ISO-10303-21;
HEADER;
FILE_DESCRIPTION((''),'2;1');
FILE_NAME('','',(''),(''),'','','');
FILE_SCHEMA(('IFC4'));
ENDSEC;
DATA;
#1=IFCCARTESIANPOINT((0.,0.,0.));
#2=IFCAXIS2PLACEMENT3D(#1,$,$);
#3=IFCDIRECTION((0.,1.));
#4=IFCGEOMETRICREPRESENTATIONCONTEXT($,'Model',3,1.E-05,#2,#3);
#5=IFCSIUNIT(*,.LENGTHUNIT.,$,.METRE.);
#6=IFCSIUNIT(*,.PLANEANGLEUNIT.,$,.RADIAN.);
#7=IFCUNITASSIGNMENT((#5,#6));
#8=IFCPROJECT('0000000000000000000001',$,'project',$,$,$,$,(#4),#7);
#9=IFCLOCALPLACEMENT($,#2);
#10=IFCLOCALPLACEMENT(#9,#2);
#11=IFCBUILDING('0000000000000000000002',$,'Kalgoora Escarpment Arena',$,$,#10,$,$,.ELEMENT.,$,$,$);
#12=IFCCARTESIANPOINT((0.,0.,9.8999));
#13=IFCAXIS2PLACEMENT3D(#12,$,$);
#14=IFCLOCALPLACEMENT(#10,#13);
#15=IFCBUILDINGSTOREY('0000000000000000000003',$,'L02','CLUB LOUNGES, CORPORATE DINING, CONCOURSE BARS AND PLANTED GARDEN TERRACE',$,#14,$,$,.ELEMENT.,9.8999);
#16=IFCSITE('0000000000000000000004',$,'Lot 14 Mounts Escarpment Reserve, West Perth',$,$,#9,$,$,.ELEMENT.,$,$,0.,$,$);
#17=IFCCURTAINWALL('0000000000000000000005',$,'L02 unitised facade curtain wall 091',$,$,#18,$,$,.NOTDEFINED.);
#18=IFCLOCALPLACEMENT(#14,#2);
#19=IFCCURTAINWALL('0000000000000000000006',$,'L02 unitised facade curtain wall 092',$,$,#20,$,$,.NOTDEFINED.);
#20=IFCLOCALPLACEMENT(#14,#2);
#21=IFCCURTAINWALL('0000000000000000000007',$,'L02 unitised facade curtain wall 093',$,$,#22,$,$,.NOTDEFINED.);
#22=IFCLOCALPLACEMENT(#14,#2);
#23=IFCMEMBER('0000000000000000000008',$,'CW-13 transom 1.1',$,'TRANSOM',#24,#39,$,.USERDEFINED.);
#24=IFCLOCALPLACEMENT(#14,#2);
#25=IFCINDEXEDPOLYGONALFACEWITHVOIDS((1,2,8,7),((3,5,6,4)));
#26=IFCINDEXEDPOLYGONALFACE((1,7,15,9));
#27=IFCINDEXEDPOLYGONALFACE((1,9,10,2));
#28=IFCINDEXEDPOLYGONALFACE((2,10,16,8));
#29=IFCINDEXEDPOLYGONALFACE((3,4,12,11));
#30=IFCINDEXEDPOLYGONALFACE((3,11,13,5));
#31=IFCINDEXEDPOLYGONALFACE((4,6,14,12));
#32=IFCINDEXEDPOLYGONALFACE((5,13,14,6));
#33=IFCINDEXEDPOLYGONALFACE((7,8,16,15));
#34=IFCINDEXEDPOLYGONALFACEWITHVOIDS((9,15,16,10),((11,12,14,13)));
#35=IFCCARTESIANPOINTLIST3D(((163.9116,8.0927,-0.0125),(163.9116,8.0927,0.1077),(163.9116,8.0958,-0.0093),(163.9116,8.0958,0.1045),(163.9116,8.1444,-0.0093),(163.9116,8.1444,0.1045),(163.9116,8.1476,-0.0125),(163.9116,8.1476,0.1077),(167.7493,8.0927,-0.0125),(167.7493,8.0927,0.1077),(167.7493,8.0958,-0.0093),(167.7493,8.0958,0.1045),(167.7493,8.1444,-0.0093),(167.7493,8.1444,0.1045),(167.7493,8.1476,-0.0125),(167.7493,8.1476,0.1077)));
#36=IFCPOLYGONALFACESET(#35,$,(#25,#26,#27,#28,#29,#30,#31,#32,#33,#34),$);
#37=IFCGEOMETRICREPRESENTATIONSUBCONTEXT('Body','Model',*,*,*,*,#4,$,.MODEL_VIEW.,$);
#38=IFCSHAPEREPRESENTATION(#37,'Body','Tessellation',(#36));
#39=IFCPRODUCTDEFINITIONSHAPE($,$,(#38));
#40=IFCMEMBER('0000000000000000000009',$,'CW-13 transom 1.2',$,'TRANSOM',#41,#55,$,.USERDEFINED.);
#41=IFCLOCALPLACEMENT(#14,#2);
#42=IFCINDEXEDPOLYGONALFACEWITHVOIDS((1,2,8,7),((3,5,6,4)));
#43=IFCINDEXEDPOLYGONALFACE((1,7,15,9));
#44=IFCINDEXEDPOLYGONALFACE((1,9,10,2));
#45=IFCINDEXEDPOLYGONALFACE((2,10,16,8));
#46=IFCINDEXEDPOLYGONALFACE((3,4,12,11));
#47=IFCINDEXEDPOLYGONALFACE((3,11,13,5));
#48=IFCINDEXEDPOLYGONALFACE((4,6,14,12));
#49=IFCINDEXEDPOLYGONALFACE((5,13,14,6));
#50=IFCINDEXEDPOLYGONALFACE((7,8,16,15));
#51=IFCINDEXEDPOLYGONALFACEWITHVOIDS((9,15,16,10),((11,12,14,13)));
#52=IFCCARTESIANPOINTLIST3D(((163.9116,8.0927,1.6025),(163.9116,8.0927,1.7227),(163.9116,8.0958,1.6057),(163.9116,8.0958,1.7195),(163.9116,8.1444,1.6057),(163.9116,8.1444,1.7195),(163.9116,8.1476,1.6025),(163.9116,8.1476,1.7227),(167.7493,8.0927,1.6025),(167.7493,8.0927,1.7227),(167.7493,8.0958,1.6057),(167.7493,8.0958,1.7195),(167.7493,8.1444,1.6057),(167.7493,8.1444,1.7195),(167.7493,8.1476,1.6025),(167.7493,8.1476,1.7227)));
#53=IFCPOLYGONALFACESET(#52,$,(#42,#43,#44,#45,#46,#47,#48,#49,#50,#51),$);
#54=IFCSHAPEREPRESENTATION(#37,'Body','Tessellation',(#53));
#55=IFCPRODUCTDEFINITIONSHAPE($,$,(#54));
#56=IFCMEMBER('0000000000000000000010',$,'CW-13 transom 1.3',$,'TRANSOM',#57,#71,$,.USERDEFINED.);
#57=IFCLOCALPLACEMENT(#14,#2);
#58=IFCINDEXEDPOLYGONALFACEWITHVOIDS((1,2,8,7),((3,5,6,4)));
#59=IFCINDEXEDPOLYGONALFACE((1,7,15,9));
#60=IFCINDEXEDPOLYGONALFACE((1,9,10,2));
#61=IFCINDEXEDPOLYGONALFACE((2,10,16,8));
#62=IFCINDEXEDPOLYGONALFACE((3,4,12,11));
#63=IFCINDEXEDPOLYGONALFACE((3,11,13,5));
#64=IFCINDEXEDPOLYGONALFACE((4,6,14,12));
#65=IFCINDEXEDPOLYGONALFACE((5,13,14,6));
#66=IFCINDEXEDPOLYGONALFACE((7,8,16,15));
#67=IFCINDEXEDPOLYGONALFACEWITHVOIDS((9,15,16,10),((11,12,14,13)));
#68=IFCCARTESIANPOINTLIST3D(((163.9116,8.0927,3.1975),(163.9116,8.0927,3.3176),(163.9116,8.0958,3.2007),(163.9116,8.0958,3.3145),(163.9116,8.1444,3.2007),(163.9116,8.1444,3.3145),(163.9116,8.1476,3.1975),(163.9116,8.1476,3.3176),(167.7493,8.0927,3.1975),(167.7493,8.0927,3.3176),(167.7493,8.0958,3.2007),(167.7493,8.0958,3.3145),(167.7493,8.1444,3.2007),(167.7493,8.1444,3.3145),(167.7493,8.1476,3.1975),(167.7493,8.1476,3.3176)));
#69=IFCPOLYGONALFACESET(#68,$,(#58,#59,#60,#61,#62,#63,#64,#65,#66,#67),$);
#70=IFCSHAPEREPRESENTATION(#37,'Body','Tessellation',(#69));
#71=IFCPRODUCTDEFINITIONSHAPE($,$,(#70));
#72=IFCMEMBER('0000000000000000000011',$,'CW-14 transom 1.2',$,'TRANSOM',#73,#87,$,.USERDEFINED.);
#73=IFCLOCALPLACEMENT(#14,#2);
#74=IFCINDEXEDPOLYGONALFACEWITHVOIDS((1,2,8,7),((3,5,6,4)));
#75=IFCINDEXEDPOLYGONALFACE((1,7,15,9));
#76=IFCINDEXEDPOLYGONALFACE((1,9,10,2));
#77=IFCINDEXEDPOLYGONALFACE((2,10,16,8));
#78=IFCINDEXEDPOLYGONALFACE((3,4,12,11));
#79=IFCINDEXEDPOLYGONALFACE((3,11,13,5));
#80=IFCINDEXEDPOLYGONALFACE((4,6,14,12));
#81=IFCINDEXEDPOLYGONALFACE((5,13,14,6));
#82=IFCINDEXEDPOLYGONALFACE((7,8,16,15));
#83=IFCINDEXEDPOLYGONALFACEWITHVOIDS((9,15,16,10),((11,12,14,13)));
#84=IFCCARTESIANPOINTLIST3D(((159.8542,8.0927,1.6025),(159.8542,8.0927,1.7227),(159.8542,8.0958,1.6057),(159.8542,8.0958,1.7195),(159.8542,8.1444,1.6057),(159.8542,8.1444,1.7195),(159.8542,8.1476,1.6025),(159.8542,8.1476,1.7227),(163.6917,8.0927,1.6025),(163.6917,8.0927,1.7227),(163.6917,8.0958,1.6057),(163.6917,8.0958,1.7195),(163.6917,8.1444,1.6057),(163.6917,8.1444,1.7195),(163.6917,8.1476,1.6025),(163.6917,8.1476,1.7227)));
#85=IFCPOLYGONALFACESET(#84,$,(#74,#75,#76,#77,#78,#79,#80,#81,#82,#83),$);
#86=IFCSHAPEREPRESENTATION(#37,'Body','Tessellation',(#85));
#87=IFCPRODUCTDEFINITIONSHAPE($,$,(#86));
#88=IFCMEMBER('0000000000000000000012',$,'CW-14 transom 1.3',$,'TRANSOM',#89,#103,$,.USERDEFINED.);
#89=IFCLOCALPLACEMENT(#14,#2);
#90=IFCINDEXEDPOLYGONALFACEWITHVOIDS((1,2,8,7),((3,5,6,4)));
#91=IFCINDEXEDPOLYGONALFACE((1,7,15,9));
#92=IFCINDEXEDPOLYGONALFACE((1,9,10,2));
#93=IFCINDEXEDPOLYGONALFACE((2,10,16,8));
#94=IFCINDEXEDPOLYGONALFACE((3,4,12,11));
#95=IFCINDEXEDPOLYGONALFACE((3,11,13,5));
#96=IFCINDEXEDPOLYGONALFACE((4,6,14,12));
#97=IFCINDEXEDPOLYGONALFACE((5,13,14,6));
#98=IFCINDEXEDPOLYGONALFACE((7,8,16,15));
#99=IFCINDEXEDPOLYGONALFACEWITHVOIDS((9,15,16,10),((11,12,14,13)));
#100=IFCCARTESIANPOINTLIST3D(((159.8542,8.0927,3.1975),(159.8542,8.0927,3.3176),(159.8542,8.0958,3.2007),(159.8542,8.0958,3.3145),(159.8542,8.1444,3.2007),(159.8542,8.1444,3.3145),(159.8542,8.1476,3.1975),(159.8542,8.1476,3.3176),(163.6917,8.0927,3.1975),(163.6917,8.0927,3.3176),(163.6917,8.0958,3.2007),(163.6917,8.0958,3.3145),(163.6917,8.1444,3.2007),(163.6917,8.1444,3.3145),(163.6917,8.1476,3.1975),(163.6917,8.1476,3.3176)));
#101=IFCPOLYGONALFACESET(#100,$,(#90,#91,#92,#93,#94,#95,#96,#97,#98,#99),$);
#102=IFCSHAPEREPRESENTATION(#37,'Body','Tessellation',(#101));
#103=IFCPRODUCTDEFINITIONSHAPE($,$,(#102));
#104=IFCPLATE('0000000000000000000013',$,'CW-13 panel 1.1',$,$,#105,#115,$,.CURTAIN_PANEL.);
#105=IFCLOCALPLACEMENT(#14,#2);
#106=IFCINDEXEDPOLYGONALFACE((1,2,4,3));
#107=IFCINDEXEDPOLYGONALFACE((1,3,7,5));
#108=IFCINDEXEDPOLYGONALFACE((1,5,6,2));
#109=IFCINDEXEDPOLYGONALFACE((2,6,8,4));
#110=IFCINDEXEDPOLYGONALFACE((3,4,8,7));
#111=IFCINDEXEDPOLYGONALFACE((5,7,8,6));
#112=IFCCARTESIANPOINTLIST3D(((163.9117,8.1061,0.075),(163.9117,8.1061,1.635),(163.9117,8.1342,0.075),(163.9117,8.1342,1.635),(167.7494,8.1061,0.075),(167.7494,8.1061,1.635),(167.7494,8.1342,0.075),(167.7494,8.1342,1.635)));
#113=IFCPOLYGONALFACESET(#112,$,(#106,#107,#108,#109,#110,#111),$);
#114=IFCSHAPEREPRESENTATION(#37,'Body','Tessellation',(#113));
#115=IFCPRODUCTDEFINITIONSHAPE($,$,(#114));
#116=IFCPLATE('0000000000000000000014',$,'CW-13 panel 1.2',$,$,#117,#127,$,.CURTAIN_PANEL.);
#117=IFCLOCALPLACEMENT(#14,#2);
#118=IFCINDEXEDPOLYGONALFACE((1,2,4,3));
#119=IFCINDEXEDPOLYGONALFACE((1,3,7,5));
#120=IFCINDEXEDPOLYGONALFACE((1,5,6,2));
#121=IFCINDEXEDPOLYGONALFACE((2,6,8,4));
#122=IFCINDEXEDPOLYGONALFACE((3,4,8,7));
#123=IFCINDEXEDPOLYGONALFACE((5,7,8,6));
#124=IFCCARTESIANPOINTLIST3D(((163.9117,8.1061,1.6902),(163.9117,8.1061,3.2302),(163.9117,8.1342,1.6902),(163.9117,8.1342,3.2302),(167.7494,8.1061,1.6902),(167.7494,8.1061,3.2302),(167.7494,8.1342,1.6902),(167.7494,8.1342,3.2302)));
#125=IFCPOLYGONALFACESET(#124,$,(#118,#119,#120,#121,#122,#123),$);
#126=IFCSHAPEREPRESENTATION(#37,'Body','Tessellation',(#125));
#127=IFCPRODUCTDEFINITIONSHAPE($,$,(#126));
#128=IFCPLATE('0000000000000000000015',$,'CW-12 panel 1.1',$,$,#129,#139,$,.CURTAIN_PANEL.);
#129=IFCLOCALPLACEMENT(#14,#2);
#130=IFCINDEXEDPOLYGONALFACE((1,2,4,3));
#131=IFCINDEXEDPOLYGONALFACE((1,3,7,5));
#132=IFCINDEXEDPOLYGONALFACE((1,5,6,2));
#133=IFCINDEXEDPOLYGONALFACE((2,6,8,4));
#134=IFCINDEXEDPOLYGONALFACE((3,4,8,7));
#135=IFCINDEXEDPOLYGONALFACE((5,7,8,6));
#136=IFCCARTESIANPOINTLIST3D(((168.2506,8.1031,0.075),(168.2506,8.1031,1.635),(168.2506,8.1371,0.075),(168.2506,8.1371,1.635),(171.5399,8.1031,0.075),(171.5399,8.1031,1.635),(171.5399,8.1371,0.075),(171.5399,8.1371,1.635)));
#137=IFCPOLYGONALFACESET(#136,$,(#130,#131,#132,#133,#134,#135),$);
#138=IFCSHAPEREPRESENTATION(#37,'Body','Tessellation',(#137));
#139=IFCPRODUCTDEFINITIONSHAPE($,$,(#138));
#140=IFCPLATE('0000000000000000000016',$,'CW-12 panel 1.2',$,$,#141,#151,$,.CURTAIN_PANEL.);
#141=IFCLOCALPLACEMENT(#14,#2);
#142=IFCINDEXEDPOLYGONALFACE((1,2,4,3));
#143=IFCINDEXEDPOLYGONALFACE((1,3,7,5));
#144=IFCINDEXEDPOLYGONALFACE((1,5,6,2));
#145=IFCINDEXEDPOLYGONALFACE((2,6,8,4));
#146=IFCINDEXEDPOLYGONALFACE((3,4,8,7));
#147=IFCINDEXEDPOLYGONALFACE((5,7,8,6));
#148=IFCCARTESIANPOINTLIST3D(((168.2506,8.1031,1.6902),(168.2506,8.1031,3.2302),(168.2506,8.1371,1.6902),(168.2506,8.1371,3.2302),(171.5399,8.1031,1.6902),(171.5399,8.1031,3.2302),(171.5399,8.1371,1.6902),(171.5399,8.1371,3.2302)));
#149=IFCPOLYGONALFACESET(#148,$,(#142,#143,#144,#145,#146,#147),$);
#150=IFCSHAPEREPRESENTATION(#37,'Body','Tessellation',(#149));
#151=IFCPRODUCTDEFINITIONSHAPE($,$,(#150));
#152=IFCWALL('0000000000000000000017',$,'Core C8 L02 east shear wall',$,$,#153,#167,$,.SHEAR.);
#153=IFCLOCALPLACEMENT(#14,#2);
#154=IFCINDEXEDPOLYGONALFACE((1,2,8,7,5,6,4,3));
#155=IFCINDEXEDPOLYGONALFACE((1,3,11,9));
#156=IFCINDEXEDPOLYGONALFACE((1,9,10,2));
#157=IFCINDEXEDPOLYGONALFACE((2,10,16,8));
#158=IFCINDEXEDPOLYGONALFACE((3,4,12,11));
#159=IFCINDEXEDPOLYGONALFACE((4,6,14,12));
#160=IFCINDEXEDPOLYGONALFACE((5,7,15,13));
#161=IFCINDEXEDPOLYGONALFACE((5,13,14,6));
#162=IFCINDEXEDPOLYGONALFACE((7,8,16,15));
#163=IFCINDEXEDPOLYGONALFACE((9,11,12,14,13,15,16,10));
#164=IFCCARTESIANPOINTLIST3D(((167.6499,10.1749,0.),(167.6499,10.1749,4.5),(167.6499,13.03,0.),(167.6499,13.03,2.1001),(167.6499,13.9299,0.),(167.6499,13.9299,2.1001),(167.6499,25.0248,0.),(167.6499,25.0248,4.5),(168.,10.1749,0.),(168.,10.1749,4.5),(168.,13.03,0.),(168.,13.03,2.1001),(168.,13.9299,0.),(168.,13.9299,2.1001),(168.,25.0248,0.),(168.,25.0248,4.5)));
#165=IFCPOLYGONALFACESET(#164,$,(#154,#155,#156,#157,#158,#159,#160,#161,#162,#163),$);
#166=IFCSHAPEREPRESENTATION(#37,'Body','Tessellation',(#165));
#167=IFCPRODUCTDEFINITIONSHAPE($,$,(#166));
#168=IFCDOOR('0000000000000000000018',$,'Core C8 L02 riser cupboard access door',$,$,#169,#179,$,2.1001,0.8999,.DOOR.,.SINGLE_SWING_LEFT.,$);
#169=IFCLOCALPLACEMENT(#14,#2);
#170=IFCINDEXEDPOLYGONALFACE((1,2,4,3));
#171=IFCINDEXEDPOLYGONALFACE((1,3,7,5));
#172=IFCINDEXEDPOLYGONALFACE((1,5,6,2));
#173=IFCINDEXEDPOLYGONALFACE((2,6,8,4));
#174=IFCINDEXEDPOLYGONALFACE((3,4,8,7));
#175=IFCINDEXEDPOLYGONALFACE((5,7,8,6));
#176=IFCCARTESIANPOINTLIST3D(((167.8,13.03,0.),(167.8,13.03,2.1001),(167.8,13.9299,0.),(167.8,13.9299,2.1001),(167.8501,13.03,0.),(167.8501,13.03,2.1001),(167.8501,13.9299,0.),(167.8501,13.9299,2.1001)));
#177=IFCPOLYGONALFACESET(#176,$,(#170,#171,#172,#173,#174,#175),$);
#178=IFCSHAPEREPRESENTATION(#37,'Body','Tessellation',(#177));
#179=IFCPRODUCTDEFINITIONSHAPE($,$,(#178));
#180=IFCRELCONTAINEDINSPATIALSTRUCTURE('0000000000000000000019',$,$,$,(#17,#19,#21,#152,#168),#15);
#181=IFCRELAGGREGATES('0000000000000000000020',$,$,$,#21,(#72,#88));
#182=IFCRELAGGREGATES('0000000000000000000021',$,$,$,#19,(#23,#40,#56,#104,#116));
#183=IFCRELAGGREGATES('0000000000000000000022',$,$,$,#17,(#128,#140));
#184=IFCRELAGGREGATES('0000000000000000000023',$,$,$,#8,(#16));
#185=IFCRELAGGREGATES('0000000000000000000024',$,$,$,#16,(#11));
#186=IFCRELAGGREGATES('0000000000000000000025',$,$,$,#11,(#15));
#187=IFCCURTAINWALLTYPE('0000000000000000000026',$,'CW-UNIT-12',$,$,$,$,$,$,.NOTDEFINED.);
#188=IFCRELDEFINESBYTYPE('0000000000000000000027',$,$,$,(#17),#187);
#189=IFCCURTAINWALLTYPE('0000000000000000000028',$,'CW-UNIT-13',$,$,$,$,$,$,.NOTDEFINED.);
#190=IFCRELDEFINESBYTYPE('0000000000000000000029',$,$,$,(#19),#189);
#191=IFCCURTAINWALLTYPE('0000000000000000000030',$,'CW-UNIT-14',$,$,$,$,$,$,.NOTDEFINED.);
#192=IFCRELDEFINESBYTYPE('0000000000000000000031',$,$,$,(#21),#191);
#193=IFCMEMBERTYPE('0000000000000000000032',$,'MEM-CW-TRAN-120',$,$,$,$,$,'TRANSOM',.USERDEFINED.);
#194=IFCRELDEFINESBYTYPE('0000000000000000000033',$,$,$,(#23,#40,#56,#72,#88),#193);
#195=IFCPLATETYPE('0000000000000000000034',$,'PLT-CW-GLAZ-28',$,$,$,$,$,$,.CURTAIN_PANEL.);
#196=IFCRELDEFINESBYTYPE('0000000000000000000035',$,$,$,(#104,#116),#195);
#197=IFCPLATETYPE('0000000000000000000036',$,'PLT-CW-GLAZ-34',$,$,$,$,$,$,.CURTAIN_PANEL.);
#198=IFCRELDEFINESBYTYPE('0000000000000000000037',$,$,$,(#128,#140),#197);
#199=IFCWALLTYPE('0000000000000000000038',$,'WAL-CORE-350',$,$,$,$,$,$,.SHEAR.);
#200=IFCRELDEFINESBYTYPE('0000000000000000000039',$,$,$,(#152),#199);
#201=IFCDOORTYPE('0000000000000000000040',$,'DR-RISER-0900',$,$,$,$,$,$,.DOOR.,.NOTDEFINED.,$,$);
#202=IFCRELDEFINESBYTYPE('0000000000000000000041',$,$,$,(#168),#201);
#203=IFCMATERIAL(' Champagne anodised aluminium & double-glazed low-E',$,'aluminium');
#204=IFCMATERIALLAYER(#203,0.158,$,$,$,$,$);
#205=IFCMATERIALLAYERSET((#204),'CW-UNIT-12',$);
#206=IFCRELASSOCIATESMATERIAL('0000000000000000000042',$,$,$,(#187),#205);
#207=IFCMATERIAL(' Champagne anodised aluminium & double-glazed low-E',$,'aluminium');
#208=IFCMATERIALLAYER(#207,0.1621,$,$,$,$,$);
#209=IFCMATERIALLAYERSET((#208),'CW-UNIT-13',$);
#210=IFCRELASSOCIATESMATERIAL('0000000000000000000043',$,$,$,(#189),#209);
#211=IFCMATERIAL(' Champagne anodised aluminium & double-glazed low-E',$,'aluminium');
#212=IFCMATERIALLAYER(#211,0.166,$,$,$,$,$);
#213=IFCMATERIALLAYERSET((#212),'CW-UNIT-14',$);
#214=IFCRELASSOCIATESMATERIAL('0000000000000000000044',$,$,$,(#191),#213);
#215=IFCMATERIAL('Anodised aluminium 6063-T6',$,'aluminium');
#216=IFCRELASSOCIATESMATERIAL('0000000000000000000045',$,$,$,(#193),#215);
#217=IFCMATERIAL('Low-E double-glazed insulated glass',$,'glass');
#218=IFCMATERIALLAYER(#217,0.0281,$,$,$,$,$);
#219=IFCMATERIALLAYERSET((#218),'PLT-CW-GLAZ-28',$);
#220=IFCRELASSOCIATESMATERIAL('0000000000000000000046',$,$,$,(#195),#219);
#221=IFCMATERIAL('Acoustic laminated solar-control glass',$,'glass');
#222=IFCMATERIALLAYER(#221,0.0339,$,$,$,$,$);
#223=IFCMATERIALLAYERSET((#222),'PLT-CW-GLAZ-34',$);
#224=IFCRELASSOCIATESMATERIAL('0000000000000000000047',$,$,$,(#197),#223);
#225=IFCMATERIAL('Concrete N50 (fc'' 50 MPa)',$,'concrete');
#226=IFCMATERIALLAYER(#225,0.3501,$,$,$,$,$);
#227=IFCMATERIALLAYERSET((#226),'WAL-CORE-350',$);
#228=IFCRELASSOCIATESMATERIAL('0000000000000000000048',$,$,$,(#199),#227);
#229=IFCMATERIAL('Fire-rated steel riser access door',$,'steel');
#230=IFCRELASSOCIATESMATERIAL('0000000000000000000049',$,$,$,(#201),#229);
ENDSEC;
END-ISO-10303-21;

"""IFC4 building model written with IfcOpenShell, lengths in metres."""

from ifc_helpers import new_model, si_unit, direction, frame, frame_2d, origin, origin_2d, place, context, subcontext, project, spatial, rectangle, hollow_rectangle, extrude, material, layer, layer_set, material_profile, profile_set, type_object, element, fill, aggregate, save


model = new_model("IFC4")

# Units and contexts
model_context = context("Model", 3, precision=1e-05, world=origin(), true_north=direction((0.0, 1.0)))
body_context = subcontext(model_context, "Body", "Model", "MODEL_VIEW")
ifc_project = project(units=[si_unit("LENGTHUNIT", "METRE"), si_unit("PLANEANGLEUNIT", "RADIAN")], contexts=[model_context])

# Site, building, storey
site_placement = place(None, origin())
site = spatial("IfcSite", under=ifc_project, at=site_placement, Name="Lot 14 Mounts Escarpment Reserve, West Perth", CompositionType="ELEMENT", RefElevation=0.0)
building_placement = place(site_placement, origin())
building = spatial("IfcBuilding", under=site, at=building_placement, Name="Kalgoora Escarpment Arena", CompositionType="ELEMENT")
storey_placement = place(building_placement, frame((0.0, 0.0, 9.8999)))
storey = spatial("IfcBuildingStorey", under=building, at=storey_placement, Name="L02", Description="CLUB LOUNGES, CORPORATE DINING, CONCOURSE BARS AND PLANTED GARDEN TERRACE", CompositionType="ELEMENT", Elevation=9.8999)

# Curtain walls
ifc_material_1 = material(Name=" Champagne anodised aluminium & double-glazed low-E", Category="aluminium")
ifc_layer_1 = layer(ifc_material_1, 0.158)
ifc_layer_set_1 = layer_set([ifc_layer_1], Name="CW-UNIT-12")
curtain_wall_type_1 = type_object("IfcCurtainWallType", Name="CW-UNIT-12", PredefinedType="NOTDEFINED", material=ifc_layer_set_1)
curtain_wall_1_placement = place(storey_placement, origin())
curtain_wall_1 = element("IfcCurtainWall", 1, at=curtain_wall_1_placement, inside=storey, type_object=curtain_wall_type_1, Name="L02 unitised facade curtain wall 091", PredefinedType="NOTDEFINED")
ifc_material_2 = material(Name=" Champagne anodised aluminium & double-glazed low-E", Category="aluminium")
ifc_layer_2 = layer(ifc_material_2, 0.1621)
ifc_layer_set_2 = layer_set([ifc_layer_2], Name="CW-UNIT-13")
curtain_wall_type_2 = type_object("IfcCurtainWallType", Name="CW-UNIT-13", PredefinedType="NOTDEFINED", material=ifc_layer_set_2)
curtain_wall_2_placement = place(storey_placement, origin())
curtain_wall_2 = element("IfcCurtainWall", 2, at=curtain_wall_2_placement, inside=storey, type_object=curtain_wall_type_2, Name="L02 unitised facade curtain wall 092", PredefinedType="NOTDEFINED")

# Curtain wall
ifc_material_3 = material(Name=" Champagne anodised aluminium & double-glazed low-E", Category="aluminium")
ifc_layer_3 = layer(ifc_material_3, 0.166)
ifc_layer_set_3 = layer_set([ifc_layer_3], Name="CW-UNIT-14")
curtain_wall_type_3 = type_object("IfcCurtainWallType", Name="CW-UNIT-14", PredefinedType="NOTDEFINED", material=ifc_layer_set_3)
curtain_wall_3_placement = place(storey_placement, origin())
curtain_wall_3 = element("IfcCurtainWall", 3, at=curtain_wall_3_placement, inside=storey, type_object=curtain_wall_type_3, Name="L02 unitised facade curtain wall 093", PredefinedType="NOTDEFINED")

# Members
ifc_material_4 = material(Name="Anodised aluminium 6063-T6", Category="aluminium")
ifc_material_profile_1 = material_profile(ifc_material_4, hollow_rectangle(XDim=0.0549, YDim=0.1201, WallThickness=0.0032, at=origin_2d()))
ifc_profile_set_1 = profile_set([ifc_material_profile_1], Name="Anodised aluminium 6063-T6")
member_type_1 = type_object("IfcMemberType", Name="MEM-CW-TRAN-120", ElementType="TRANSOM", PredefinedType="USERDEFINED", material=ifc_profile_set_1)
member_1_placement = place(storey_placement, frame((167.7493, 8.1201, 0.0476), z_axis=(-1.0, 0.0, 0.0), x_axis=(0.0, -1.0, 0.0)))
member_1 = element("IfcMember", 4, at=member_1_placement, type_object=member_type_1, Name="CW-13 transom 1.1", ObjectType="TRANSOM", PredefinedType="USERDEFINED", context=body_context, shape_type="SweptSolid", body=[
    extrude(hollow_rectangle(XDim=0.0549, YDim=0.1201, WallThickness=0.0032, at=origin_2d()), origin(), (0.0, 0.0, 1.0), 3.8376),
])
member_2_placement = place(storey_placement, frame((167.7493, 8.1201, 1.6626), z_axis=(-1.0, 0.0, 0.0), x_axis=(0.0, -1.0, 0.0)))
member_2 = element("IfcMember", 5, at=member_2_placement, type_object=member_type_1, Name="CW-13 transom 1.2", ObjectType="TRANSOM", PredefinedType="USERDEFINED", context=body_context, shape_type="SweptSolid", body=[
    extrude(hollow_rectangle(XDim=0.0549, YDim=0.1201, WallThickness=0.0032, at=origin_2d()), origin(), (0.0, 0.0, 1.0), 3.8376),
])
member_3_placement = place(storey_placement, frame((167.7493, 8.1201, 3.2576), z_axis=(-1.0, 0.0, 0.0), x_axis=(0.0, -1.0, 0.0)))
member_3 = element("IfcMember", 6, at=member_3_placement, type_object=member_type_1, Name="CW-13 transom 1.3", ObjectType="TRANSOM", PredefinedType="USERDEFINED", context=body_context, shape_type="SweptSolid", body=[
    extrude(hollow_rectangle(XDim=0.0549, YDim=0.1201, WallThickness=0.0032, at=origin_2d()), origin(), (0.0, 0.0, 1.0), 3.8376),
])
member_4_placement = place(storey_placement, frame((163.6917, 8.1201, 1.6626), z_axis=(-1.0, 0.0, 0.0), x_axis=(0.0, -1.0, 0.0)))
member_4 = element("IfcMember", 7, at=member_4_placement, type_object=member_type_1, Name="CW-14 transom 1.2", ObjectType="TRANSOM", PredefinedType="USERDEFINED", context=body_context, shape_type="SweptSolid", body=[
    extrude(hollow_rectangle(XDim=0.0549, YDim=0.1201, WallThickness=0.0032, at=origin_2d()), origin(), (0.0, 0.0, 1.0), 3.8374),
])
member_5_placement = place(storey_placement, frame((163.6917, 8.1201, 3.2576), z_axis=(-1.0, 0.0, 0.0), x_axis=(0.0, -1.0, 0.0)))
member_5 = element("IfcMember", 8, at=member_5_placement, type_object=member_type_1, Name="CW-14 transom 1.3", ObjectType="TRANSOM", PredefinedType="USERDEFINED", context=body_context, shape_type="SweptSolid", body=[
    extrude(hollow_rectangle(XDim=0.0549, YDim=0.1201, WallThickness=0.0032, at=origin_2d()), origin(), (0.0, 0.0, 1.0), 3.8374),
])
aggregate(curtain_wall_3, [member_4, member_5])

# Plates
ifc_material_5 = material(Name="Low-E double-glazed insulated glass", Category="glass")
ifc_layer_4 = layer(ifc_material_5, 0.0281)
ifc_layer_set_4 = layer_set([ifc_layer_4], Name="PLT-CW-GLAZ-28")
plate_type_1 = type_object("IfcPlateType", Name="PLT-CW-GLAZ-28", PredefinedType="CURTAIN_PANEL", material=ifc_layer_set_4)
plate_1_placement = place(storey_placement, frame((165.8306, 8.1201, 0.075), z_axis=(0.0, 0.0, 1.0), x_axis=(-1.0, 0.0, 0.0)))
plate_1 = element("IfcPlate", 9, at=plate_1_placement, type_object=plate_type_1, Name="CW-13 panel 1.1", PredefinedType="CURTAIN_PANEL", context=body_context, shape_type="SweptSolid", body=[
    extrude(rectangle(XDim=3.8376, YDim=0.0281, at=origin_2d()), origin(), (0.0, 0.0, 1.0), 1.5601),
])
plate_2_placement = place(storey_placement, frame((165.8306, 8.1201, 1.6902), z_axis=(0.0, 0.0, 1.0), x_axis=(-1.0, 0.0, 0.0)))
plate_2 = element("IfcPlate", 10, at=plate_2_placement, type_object=plate_type_1, Name="CW-13 panel 1.2", PredefinedType="CURTAIN_PANEL", context=body_context, shape_type="SweptSolid", body=[
    extrude(rectangle(XDim=3.8376, YDim=0.0281, at=origin_2d()), origin(), (0.0, 0.0, 1.0), 1.54),
])
aggregate(curtain_wall_2, [member_1, member_2, member_3, plate_1, plate_2])
ifc_material_6 = material(Name="Acoustic laminated solar-control glass", Category="glass")
ifc_layer_5 = layer(ifc_material_6, 0.0339)
ifc_layer_set_5 = layer_set([ifc_layer_5], Name="PLT-CW-GLAZ-34")
plate_type_2 = type_object("IfcPlateType", Name="PLT-CW-GLAZ-34", PredefinedType="CURTAIN_PANEL", material=ifc_layer_set_5)
plate_3_placement = place(storey_placement, frame((169.8953, 8.1201, 0.075), z_axis=(0.0, 0.0, 1.0), x_axis=(-1.0, 0.0, 0.0)))
plate_3 = element("IfcPlate", 11, at=plate_3_placement, type_object=plate_type_2, Name="CW-12 panel 1.1", PredefinedType="CURTAIN_PANEL", context=body_context, shape_type="SweptSolid", body=[
    extrude(rectangle(XDim=3.2893, YDim=0.0339, at=origin_2d()), origin(), (0.0, 0.0, 1.0), 1.5601),
])
plate_4_placement = place(storey_placement, frame((169.8953, 8.1201, 1.6902), z_axis=(0.0, 0.0, 1.0), x_axis=(-1.0, 0.0, 0.0)))
plate_4 = element("IfcPlate", 12, at=plate_4_placement, type_object=plate_type_2, Name="CW-12 panel 1.2", PredefinedType="CURTAIN_PANEL", context=body_context, shape_type="SweptSolid", body=[
    extrude(rectangle(XDim=3.2893, YDim=0.0339, at=origin_2d()), origin(), (0.0, 0.0, 1.0), 1.54),
])
aggregate(curtain_wall_1, [plate_3, plate_4])

# Wall, opening, door
ifc_material_7 = material(Name="Concrete N50 (fc' 50 MPa)", Category="concrete")
ifc_layer_6 = layer(ifc_material_7, 0.3501)
ifc_layer_set_6 = layer_set([ifc_layer_6], Name="WAL-CORE-350")
wall_type_1 = type_object("IfcWallType", Name="WAL-CORE-350", PredefinedType="SHEAR", material=ifc_layer_set_6)
wall_1_placement = place(storey_placement, frame((167.825, 10.175, 0.0), z_axis=(0.0, 0.0, 1.0), x_axis=(0.0, 1.0, 0.0)))
wall_1 = element("IfcWall", 13, at=wall_1_placement, inside=storey, type_object=wall_type_1, Name="Core C8 L02 east shear wall", PredefinedType="SHEAR", context=body_context, shape_type="SweptSolid", body=[
    extrude(rectangle(XDim=14.8499, YDim=0.3501, at=frame_2d((7.4248, 0.0))), origin(), (0.0, 0.0, 1.0), 4.5),
])
opening_placement = place(wall_1_placement, frame((2.855, 0.0, 0.0)))
opening = element("IfcOpeningElement", 14, at=opening_placement, cuts=wall_1, PredefinedType="OPENING", context=body_context, shape_type="SweptSolid", body=[
    extrude(rectangle(XDim=0.8999, YDim=2.1001, at=frame_2d((0.45, 1.05))), frame((0.0, 0.1851, 0.0), z_axis=(0.0, -1.0, 0.0), x_axis=(1.0, 0.0, 0.0)), (0.0, 0.0, 1.0), 0.3701),
])
ifc_material_8 = material(Name="Fire-rated steel riser access door", Category="steel")
door_type = type_object("IfcDoorType", Name="DR-RISER-0900", OperationType="NOTDEFINED", PredefinedType="DOOR", material=ifc_material_8)
door_placement = place(opening_placement, origin())
door = element("IfcDoor", 15, at=door_placement, inside=storey, type_object=door_type, Name="Core C8 L02 riser cupboard access door", OperationType="SINGLE_SWING_LEFT", OverallHeight=2.1001, OverallWidth=0.8999, PredefinedType="DOOR", context=body_context, shape_type="SweptSolid", body=[
    extrude(rectangle(XDim=0.8999, YDim=2.1001, at=frame_2d((0.45, 1.05))), frame((0.0, 0.0249, 0.0), z_axis=(0.0, -1.0, 0.0), x_axis=(1.0, 0.0, 0.0)), (0.0, 0.0, 1.0), 0.05),
])
fill(opening, door)

save(model, "model.ifc")
